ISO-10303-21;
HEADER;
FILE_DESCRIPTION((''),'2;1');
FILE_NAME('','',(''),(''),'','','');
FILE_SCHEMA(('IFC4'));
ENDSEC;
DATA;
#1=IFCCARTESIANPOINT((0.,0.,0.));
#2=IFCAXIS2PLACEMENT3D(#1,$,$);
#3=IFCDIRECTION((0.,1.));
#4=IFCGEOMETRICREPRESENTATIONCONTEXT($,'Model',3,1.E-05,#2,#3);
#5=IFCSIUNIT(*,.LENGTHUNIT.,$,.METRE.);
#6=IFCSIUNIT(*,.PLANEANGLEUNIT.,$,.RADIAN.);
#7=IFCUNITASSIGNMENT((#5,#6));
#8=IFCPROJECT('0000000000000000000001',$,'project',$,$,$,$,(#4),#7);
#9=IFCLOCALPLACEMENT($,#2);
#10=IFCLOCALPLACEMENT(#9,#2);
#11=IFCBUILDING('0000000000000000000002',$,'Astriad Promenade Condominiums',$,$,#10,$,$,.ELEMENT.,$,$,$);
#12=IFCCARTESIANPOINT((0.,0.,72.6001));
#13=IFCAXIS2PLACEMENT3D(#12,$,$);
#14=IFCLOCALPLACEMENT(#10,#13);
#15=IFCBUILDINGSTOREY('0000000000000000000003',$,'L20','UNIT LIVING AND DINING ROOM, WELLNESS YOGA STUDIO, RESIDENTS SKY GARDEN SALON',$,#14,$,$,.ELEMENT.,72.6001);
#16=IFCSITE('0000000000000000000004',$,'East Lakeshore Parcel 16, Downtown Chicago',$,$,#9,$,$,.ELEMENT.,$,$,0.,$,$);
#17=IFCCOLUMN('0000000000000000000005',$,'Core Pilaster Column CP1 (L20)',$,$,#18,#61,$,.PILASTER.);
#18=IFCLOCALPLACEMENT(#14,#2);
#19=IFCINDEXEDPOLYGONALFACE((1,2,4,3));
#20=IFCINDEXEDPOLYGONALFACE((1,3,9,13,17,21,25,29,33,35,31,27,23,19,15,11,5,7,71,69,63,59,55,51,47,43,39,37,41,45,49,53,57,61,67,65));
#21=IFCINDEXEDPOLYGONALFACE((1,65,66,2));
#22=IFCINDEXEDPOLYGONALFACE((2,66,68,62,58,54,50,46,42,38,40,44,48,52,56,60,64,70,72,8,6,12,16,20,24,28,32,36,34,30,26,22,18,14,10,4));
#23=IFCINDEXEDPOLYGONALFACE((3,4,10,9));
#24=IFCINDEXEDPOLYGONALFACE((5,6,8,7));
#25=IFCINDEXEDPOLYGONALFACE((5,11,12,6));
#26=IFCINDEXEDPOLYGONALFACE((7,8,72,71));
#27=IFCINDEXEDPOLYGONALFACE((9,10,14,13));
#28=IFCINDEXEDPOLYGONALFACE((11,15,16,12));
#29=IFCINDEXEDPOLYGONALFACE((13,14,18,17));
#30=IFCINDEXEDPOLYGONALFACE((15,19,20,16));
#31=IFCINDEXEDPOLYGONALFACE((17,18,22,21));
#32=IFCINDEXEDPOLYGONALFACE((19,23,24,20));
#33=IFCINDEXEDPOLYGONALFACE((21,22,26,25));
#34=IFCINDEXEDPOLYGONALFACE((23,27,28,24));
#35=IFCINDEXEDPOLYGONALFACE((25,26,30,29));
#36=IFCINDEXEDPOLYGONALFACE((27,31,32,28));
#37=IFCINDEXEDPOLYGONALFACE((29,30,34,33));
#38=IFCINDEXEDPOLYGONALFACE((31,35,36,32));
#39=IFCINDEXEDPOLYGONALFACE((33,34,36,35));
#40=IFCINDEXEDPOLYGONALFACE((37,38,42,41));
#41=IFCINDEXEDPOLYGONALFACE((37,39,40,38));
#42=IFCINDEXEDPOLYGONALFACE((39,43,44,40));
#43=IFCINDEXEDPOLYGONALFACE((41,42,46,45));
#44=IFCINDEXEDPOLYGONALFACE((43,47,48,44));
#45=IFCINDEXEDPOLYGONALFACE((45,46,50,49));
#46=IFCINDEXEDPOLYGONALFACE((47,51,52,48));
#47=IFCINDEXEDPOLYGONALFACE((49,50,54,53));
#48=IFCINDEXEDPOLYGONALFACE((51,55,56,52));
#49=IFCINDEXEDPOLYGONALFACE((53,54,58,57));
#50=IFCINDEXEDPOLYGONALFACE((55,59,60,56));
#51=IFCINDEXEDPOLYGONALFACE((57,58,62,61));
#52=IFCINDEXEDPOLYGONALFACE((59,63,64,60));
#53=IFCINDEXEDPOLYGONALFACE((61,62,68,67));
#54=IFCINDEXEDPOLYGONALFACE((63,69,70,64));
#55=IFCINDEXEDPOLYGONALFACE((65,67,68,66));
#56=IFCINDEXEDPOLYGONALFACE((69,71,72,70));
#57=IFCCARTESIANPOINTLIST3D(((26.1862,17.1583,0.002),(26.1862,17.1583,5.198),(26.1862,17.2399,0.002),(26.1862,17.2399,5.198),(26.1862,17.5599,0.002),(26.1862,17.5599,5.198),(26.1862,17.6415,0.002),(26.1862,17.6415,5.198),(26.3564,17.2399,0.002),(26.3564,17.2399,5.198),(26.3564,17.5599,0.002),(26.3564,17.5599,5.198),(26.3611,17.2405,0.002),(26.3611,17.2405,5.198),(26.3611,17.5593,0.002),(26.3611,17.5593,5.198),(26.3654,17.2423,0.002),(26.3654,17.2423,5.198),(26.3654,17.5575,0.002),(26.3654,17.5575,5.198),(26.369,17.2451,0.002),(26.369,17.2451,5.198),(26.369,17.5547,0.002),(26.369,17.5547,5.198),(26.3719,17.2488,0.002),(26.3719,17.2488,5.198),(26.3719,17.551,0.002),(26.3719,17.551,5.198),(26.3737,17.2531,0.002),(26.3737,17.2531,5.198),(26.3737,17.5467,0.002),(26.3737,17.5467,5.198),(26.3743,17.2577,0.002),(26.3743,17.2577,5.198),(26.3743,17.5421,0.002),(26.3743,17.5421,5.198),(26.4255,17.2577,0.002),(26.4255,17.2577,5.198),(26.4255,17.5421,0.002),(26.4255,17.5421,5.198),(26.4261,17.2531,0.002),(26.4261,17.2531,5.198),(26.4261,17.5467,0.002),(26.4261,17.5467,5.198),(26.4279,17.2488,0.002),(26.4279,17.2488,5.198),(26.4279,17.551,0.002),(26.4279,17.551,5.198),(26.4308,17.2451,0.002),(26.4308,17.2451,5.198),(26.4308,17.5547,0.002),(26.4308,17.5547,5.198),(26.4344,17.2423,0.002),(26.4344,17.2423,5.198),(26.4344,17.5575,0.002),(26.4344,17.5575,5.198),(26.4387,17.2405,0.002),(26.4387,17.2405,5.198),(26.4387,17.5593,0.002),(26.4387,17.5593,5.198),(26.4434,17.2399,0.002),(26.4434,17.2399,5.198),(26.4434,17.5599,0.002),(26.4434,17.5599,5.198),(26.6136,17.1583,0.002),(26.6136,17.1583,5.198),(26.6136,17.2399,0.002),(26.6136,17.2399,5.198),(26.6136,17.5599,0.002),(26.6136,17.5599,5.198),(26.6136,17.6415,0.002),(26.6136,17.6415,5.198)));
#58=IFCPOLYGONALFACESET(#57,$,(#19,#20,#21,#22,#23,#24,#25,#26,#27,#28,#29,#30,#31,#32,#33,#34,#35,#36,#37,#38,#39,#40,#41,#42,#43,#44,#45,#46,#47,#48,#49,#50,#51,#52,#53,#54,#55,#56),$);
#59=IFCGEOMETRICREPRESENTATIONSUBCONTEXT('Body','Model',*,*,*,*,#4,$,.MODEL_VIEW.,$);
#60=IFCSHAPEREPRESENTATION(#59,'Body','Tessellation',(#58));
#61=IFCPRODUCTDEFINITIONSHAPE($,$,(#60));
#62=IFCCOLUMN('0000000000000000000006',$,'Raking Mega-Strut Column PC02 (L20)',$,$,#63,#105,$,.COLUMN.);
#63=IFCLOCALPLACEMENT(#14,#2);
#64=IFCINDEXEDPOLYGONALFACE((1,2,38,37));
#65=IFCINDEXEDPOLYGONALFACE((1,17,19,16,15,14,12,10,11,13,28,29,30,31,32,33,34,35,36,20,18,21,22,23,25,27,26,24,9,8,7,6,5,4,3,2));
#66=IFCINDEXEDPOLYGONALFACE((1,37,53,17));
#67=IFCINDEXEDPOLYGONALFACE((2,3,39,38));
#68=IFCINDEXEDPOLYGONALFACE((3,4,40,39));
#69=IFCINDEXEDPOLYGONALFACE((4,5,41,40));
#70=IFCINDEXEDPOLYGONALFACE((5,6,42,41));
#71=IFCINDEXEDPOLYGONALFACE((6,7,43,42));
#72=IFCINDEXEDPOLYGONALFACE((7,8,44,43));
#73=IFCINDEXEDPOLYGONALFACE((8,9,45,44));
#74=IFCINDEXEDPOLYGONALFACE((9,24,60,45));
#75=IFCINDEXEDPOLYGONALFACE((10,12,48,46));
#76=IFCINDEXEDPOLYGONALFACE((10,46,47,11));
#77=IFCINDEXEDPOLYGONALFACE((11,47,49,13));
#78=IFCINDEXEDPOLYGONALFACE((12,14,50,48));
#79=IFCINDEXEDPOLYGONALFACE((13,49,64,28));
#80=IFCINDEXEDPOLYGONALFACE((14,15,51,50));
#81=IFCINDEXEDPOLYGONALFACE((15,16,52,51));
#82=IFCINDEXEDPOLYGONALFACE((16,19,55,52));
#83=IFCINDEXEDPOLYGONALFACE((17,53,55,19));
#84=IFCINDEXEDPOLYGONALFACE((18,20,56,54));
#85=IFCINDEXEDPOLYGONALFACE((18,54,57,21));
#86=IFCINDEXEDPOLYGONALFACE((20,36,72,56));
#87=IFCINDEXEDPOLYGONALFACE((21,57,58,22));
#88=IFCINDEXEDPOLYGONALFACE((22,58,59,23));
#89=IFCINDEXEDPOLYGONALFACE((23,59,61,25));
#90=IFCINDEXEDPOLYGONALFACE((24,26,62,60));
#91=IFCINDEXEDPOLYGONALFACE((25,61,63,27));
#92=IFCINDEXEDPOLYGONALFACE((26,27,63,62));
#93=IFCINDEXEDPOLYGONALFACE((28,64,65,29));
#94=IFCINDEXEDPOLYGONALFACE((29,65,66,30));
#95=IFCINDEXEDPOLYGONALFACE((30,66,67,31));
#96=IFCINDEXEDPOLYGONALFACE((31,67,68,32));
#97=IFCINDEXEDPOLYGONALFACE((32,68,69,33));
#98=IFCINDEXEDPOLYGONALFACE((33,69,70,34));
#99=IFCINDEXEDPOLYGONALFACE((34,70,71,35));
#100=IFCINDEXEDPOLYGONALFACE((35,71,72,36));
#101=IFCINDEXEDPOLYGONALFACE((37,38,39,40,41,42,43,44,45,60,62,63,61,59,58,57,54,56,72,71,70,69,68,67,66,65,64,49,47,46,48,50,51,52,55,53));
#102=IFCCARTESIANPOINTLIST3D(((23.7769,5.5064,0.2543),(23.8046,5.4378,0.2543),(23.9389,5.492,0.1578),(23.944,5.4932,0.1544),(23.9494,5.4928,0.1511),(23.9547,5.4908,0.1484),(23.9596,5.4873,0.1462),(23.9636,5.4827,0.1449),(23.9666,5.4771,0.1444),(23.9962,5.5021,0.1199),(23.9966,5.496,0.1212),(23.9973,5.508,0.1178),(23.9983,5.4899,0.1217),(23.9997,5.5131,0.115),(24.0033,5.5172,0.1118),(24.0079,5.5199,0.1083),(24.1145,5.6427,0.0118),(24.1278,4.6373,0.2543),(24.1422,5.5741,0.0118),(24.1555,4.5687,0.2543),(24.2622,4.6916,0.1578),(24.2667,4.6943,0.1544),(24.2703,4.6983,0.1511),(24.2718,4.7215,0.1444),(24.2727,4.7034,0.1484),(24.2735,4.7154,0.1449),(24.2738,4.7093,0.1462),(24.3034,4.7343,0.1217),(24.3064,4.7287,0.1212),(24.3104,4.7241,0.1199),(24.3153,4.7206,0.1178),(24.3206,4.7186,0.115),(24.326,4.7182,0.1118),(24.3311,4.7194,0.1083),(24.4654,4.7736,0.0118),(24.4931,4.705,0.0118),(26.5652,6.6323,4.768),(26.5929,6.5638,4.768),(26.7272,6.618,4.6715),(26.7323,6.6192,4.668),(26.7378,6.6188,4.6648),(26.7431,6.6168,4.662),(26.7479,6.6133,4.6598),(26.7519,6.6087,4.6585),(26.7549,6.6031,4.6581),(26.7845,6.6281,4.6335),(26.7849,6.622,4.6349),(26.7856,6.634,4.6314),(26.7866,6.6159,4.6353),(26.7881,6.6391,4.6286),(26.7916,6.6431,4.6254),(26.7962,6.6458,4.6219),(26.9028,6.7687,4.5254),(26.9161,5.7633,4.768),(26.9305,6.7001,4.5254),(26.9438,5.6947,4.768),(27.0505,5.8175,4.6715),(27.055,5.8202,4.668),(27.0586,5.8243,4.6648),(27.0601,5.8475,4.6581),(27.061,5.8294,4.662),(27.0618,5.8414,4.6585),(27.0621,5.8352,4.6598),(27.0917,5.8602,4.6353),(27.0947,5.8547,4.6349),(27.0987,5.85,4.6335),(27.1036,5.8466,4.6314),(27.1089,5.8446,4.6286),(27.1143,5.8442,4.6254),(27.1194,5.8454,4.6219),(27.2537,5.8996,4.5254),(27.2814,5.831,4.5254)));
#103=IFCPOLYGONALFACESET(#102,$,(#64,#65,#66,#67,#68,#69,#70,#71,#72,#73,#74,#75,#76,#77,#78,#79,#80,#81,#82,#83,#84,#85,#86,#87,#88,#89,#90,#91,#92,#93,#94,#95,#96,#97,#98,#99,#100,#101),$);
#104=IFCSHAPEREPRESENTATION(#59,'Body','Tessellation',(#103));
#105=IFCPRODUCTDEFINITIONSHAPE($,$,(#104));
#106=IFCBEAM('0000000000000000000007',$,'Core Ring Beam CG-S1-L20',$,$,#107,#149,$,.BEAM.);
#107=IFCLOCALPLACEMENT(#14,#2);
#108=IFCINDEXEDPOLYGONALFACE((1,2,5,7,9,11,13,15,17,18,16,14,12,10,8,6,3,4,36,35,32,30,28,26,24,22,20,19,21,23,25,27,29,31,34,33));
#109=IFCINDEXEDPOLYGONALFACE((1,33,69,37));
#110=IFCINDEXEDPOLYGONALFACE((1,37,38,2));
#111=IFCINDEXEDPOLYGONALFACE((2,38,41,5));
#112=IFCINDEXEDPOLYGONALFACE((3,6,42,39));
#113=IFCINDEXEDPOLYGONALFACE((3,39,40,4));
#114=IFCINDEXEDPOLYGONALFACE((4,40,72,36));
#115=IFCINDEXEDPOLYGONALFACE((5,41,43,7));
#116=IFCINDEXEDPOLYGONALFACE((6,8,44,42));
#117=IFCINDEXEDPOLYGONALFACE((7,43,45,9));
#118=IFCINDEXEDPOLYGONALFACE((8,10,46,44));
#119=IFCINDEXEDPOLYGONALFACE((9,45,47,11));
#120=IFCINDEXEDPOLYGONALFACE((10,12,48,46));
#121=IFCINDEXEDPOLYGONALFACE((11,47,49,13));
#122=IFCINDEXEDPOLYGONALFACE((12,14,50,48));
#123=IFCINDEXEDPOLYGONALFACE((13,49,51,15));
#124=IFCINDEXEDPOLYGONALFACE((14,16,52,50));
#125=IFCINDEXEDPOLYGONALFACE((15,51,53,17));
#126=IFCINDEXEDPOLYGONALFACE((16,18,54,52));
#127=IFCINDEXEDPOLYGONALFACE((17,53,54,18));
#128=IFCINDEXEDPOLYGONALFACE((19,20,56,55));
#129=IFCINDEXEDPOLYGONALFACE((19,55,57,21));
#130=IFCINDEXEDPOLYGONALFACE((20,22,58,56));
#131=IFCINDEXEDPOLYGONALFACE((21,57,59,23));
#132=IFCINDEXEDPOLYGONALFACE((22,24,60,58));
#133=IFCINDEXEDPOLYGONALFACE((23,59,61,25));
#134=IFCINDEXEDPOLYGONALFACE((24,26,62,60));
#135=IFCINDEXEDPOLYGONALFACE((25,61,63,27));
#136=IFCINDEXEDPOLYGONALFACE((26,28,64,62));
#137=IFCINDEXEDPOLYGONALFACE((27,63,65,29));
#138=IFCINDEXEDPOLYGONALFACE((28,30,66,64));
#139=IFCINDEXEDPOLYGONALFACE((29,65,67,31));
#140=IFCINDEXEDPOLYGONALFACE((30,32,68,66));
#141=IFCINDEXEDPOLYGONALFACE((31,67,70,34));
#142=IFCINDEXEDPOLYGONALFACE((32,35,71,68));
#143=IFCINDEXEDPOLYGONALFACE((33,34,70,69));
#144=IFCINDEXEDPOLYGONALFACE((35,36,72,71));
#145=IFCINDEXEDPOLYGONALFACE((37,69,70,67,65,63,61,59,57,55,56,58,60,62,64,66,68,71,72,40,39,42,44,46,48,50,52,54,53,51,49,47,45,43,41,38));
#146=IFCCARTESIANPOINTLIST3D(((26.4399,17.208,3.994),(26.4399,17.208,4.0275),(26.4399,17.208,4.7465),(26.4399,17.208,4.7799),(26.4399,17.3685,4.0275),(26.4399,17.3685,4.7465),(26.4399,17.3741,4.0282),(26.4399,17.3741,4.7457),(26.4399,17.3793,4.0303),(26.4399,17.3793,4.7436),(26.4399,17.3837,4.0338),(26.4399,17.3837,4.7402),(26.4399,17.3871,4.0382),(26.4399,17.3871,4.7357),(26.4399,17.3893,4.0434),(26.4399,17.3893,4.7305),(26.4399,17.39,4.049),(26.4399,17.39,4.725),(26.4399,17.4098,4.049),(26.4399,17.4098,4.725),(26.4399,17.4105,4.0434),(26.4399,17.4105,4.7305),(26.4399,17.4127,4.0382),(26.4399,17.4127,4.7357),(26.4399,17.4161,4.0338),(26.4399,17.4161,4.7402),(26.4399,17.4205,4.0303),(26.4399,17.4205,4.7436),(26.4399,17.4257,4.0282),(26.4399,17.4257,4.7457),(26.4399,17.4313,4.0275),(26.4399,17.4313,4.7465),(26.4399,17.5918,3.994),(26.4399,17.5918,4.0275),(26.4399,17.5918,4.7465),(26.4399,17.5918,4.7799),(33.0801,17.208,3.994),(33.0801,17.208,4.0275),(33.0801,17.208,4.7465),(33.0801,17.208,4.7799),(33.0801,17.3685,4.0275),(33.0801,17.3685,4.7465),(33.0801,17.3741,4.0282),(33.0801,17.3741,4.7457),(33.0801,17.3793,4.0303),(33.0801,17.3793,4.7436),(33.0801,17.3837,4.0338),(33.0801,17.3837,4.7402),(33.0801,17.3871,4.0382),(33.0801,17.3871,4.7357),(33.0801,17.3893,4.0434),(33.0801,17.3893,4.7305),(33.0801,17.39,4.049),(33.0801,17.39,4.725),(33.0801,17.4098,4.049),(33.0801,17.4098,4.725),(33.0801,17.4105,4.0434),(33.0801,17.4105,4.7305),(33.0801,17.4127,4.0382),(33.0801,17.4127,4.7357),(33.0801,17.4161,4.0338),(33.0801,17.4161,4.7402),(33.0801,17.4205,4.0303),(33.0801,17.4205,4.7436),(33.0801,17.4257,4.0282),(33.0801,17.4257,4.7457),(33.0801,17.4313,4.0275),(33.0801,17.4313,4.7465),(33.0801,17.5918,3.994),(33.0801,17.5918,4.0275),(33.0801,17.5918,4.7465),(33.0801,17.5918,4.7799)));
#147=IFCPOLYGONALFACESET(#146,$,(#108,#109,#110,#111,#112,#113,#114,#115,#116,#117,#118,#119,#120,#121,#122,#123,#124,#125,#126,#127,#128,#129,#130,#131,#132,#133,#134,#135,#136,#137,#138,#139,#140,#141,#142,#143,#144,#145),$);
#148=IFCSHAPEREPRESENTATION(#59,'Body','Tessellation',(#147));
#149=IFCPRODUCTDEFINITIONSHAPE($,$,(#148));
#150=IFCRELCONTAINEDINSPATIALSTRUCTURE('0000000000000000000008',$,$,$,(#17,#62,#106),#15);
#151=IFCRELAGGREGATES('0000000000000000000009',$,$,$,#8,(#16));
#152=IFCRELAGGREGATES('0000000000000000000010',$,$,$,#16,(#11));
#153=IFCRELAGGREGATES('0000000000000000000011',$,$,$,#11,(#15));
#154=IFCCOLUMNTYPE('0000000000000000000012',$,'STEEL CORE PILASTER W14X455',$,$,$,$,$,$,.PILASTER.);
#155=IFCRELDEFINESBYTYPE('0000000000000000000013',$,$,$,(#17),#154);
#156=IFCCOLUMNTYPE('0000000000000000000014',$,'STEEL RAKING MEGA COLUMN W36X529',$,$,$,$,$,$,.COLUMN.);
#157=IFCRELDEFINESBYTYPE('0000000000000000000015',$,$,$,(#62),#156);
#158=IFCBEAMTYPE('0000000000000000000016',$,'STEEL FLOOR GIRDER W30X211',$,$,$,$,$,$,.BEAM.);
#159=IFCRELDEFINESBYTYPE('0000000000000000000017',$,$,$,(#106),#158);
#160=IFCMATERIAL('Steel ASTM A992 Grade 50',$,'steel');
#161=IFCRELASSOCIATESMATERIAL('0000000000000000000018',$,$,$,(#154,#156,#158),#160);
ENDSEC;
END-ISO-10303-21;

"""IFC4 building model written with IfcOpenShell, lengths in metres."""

from ifc_helpers import new_model, si_unit, direction, frame, origin, origin_2d, place, context, subcontext, project, spatial, i_section, extrude, source, transform, mapped, material, material_profile, profile_set, type_object, type_shapes, element, save


model = new_model("IFC4")

# Units and contexts
model_context = context("Model", 3, precision=1e-05, world=origin(), true_north=direction((0.0, 1.0)))
body_context = subcontext(model_context, "Body", "Model", "MODEL_VIEW")
ifc_project = project(units=[si_unit("LENGTHUNIT", "METRE"), si_unit("PLANEANGLEUNIT", "RADIAN")], contexts=[model_context])

# Site, building, storey
site_placement = place(None, origin())
site = spatial("IfcSite", under=ifc_project, at=site_placement, Name="East Lakeshore Parcel 16, Downtown Chicago", CompositionType="ELEMENT", RefElevation=0.0)
building_placement = place(site_placement, origin())
building = spatial("IfcBuilding", under=site, at=building_placement, Name="Astriad Promenade Condominiums", CompositionType="ELEMENT")
storey_placement = place(building_placement, frame((0.0, 0.0, 72.6001)))
storey = spatial("IfcBuildingStorey", under=building, at=storey_placement, Name="L20", Description="UNIT LIVING AND DINING ROOM, WELLNESS YOGA STUDIO, RESIDENTS SKY GARDEN SALON", CompositionType="ELEMENT", Elevation=72.6001)

# Columns
ifc_material_1 = material(Name="Steel ASTM A992 Grade 50", Category="steel")
ifc_material_profile_1 = material_profile(ifc_material_1, i_section(OverallWidth=0.4275, OverallDepth=0.4832, WebThickness=0.0513, FlangeThickness=0.0815, FilletRadius=0.0178, at=origin_2d()), Name="W14X455")
ifc_profile_set_1 = profile_set([ifc_material_profile_1], Name="Steel ASTM A992 Grade 50")
column_type_1 = type_object("IfcColumnType", Name="STEEL CORE PILASTER W14X455", PredefinedType="PILASTER", material=ifc_profile_set_1)
shared_shape_1 = source(origin(), body_context, "Body", "SweptSolid", [
    extrude(i_section(OverallWidth=0.4275, OverallDepth=0.4832, WebThickness=0.0513, FlangeThickness=0.0815, FilletRadius=0.0178, at=origin_2d()), origin(), (0.0, 0.0, 1.0), 5.196),
])
type_shapes(column_type_1, [shared_shape_1])
column_1_placement = place(storey_placement, frame((26.3999, 17.3999, 0.002), z_axis=(0.0, 0.0, 1.0), x_axis=(1.0, 0.0, 0.0)))
element("IfcColumn", 1, at=column_1_placement, inside=storey, type_object=column_type_1, Name="Core Pilaster Column CP1 (L20)", PredefinedType="PILASTER", context=body_context, shape_type="MappedRepresentation", body=[
    mapped(shared_shape_1, transform((0.0, 0.0, 0.0), scale=1.0)),
])
ifc_material_profile_2 = material_profile(ifc_material_1, i_section(OverallWidth=0.4375, OverallDepth=1.0112, WebThickness=0.041, FlangeThickness=0.074, FilletRadius=0.0242, at=origin_2d()), Name="W36X529")
ifc_profile_set_2 = profile_set([ifc_material_profile_2], Name="Steel ASTM A992 Grade 50")
column_type_2 = type_object("IfcColumnType", Name="STEEL RAKING MEGA COLUMN W36X529", PredefinedType="COLUMN", material=ifc_profile_set_2)
shared_shape_2 = source(origin(), body_context, "Body", "SweptSolid", [
    extrude(i_section(OverallWidth=0.4375, OverallDepth=1.0112, WebThickness=0.041, FlangeThickness=0.074, FilletRadius=0.0242, at=origin_2d()), origin(), (0.0, 0.0, 1.0), 5.4236),
])
type_shapes(column_type_2, [shared_shape_2])
column_2_placement = place(storey_placement, frame((24.135, 5.1057, 0.1331), z_axis=(0.514107, 0.207605, 0.832222), x_axis=(-0.771679, -0.311618, 0.554442)))
element("IfcColumn", 2, at=column_2_placement, inside=storey, type_object=column_type_2, Name="Raking Mega-Strut Column PC02 (L20)", PredefinedType="COLUMN", context=body_context, shape_type="MappedRepresentation", body=[
    mapped(shared_shape_2, transform((0.0, 0.0, 0.0), scale=1.0)),
])

# Beam
ifc_material_profile_3 = material_profile(ifc_material_1, i_section(OverallWidth=0.3838, OverallDepth=0.7859, WebThickness=0.0198, FlangeThickness=0.0334, FilletRadius=0.0215, at=origin_2d()), Name="W30X211")
ifc_profile_set_3 = profile_set([ifc_material_profile_3], Name="Steel ASTM A992 Grade 50")
beam_type_1 = type_object("IfcBeamType", Name="STEEL FLOOR GIRDER W30X211", PredefinedType="BEAM", material=ifc_profile_set_3)
shared_shape_3 = source(origin(), body_context, "Body", "SweptSolid", [
    extrude(i_section(OverallWidth=0.3838, OverallDepth=0.7859, WebThickness=0.0198, FlangeThickness=0.0334, FilletRadius=0.0215, at=origin_2d()), origin(), (0.0, 0.0, 1.0), 6.6401),
])
type_shapes(beam_type_1, [shared_shape_3])
beam_1_placement = place(storey_placement, frame((26.4399, 17.3999, 4.387), z_axis=(1.0, 0.0, 0.0), x_axis=(0.0, 1.0, 0.0)))
element("IfcBeam", 3, at=beam_1_placement, inside=storey, type_object=beam_type_1, Name="Core Ring Beam CG-S1-L20", PredefinedType="BEAM", context=body_context, shape_type="MappedRepresentation", body=[
    mapped(shared_shape_3, transform((0.0, 0.0, 0.0), scale=1.0)),
])

save(model, "model.ifc")
